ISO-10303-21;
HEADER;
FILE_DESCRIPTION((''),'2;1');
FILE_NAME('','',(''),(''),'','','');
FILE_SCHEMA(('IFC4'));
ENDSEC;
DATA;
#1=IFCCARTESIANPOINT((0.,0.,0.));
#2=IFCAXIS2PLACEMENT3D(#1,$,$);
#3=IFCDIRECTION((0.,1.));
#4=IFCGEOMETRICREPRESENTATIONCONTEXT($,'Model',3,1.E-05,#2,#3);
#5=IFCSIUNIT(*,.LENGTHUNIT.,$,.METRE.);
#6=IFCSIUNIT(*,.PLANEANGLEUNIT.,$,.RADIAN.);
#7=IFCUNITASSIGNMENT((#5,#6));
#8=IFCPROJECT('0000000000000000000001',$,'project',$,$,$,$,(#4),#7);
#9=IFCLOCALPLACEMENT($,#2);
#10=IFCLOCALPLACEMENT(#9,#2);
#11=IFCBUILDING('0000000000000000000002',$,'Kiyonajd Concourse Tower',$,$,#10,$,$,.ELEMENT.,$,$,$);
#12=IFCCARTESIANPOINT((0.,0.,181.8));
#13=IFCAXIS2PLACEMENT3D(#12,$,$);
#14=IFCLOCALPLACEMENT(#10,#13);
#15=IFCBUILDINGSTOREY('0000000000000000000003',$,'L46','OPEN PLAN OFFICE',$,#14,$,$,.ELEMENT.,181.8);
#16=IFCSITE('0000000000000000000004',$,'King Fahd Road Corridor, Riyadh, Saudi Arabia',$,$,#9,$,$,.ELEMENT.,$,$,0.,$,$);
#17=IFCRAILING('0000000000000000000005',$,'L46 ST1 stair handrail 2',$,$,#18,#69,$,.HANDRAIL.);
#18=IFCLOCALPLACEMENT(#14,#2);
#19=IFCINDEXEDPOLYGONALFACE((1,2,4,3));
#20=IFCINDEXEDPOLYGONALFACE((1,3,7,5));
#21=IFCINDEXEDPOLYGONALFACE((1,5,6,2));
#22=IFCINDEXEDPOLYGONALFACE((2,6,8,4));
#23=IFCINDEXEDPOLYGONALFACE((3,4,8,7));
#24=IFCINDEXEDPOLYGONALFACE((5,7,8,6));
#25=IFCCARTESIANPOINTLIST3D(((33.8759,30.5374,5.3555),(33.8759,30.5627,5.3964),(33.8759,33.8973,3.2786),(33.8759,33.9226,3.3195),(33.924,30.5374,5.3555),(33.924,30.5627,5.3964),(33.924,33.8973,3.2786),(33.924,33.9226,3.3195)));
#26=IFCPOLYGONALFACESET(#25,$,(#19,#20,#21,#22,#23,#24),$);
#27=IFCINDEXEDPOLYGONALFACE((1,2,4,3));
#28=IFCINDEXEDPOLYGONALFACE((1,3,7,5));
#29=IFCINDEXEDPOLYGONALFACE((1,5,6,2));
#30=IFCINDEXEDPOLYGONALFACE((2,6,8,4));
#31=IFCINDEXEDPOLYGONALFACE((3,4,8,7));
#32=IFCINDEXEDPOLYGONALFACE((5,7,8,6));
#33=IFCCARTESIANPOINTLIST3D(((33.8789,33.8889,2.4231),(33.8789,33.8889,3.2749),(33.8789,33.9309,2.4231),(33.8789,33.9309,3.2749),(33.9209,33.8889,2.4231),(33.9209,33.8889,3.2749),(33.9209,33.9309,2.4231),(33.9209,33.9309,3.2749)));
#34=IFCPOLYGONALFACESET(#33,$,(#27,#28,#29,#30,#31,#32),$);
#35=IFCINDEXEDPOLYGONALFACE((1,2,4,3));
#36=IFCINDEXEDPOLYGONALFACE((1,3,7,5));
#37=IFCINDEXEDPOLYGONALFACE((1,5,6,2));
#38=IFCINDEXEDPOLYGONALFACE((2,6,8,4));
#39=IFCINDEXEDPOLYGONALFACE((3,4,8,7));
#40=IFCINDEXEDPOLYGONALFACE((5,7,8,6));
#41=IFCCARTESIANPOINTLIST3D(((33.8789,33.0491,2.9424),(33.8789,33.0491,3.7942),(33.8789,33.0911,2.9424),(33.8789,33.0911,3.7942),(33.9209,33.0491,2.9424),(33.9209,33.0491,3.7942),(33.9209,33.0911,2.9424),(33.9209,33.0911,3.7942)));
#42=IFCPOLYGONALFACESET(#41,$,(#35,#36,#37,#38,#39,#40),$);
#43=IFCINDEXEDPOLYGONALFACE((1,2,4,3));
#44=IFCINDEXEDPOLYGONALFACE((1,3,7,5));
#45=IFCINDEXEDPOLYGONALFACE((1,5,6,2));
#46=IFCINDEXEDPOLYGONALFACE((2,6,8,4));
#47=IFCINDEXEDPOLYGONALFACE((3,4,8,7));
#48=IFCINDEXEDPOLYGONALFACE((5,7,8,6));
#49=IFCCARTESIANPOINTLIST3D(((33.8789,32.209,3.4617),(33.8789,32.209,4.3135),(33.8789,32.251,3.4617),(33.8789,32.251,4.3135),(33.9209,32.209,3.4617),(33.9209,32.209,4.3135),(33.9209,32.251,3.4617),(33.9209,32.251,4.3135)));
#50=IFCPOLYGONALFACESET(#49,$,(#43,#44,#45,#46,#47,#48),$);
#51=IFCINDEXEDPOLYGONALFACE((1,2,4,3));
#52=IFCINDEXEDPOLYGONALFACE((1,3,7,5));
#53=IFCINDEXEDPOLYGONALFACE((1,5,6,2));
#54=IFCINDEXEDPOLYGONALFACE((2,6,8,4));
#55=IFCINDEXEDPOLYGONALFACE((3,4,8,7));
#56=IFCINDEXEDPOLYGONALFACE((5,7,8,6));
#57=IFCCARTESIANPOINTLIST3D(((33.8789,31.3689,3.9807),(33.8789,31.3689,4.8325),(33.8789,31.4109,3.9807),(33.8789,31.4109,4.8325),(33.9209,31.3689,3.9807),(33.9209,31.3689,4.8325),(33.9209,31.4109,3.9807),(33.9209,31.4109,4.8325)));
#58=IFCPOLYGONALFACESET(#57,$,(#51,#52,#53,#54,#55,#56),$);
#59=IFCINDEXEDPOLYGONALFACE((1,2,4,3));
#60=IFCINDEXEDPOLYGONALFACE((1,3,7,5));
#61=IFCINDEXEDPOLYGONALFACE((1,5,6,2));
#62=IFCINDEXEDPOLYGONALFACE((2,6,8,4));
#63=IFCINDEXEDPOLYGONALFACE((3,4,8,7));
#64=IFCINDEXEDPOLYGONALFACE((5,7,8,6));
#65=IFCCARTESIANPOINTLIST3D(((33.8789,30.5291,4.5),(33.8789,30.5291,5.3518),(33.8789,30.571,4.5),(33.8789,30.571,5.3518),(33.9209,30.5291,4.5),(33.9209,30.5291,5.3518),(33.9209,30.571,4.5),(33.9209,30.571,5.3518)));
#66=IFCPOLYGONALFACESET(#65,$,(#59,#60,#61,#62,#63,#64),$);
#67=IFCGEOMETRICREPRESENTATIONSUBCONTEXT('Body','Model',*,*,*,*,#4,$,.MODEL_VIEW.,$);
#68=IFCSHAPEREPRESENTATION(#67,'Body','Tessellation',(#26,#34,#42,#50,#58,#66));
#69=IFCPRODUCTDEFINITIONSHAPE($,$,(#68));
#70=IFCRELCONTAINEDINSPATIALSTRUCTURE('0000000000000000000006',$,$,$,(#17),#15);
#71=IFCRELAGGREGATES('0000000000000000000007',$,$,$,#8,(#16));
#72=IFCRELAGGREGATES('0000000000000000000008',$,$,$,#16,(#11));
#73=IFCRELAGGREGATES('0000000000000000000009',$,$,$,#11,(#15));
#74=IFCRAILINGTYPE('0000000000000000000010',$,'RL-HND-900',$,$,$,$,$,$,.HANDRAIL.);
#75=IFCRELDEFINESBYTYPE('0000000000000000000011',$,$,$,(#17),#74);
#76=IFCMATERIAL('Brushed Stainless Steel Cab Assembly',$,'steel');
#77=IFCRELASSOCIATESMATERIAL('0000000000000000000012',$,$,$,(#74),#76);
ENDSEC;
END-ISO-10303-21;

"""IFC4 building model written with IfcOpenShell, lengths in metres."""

from ifc_helpers import new_model, si_unit, direction, frame, origin, origin_2d, place, context, subcontext, project, spatial, rectangle, extrude, material, type_object, element, save


model = new_model("IFC4")

# Units and contexts
model_context = context("Model", 3, precision=1e-05, world=origin(), true_north=direction((0.0, 1.0)))
body_context = subcontext(model_context, "Body", "Model", "MODEL_VIEW")
ifc_project = project(units=[si_unit("LENGTHUNIT", "METRE"), si_unit("PLANEANGLEUNIT", "RADIAN")], contexts=[model_context])

# Site, building, storey
site_placement = place(None, origin())
site = spatial("IfcSite", under=ifc_project, at=site_placement, Name="King Fahd Road Corridor, Riyadh, Saudi Arabia", CompositionType="ELEMENT", RefElevation=0.0)
building_placement = place(site_placement, origin())
building = spatial("IfcBuilding", under=site, at=building_placement, Name="Kiyonajd Concourse Tower", CompositionType="ELEMENT")
storey_placement = place(building_placement, frame((0.0, 0.0, 181.8)))
storey = spatial("IfcBuildingStorey", under=building, at=storey_placement, Name="L46", Description="OPEN PLAN OFFICE", CompositionType="ELEMENT", Elevation=181.8)

# Shared definitions
ifc_material_1 = material(Name="Brushed Stainless Steel Cab Assembly", Category="steel")

# Railing
railing_type_1 = type_object("IfcRailingType", Name="RL-HND-900", PredefinedType="HANDRAIL", material=ifc_material_1)
railing_1_placement = place(storey_placement, frame((33.8999, 33.9099, 2.4231)))
element("IfcRailing", 1, at=railing_1_placement, inside=storey, type_object=railing_type_1, Name="L46 ST1 stair handrail 2", PredefinedType="HANDRAIL", context=body_context, shape_type="SweptSolid", body=[
    extrude(rectangle(XDim=0.0481, YDim=0.0481, at=origin_2d()), frame((0.0, 0.0, 0.876), z_axis=(0.0, -0.850606, 0.525803), x_axis=(1.0, 0.0, 0.0)), (0.0, 0.0, 1.0), 3.95),
    extrude(rectangle(XDim=0.042, YDim=0.042, at=origin_2d()), origin(), (0.0, 0.0, 1.0), 0.8518),
    extrude(rectangle(XDim=0.042, YDim=0.042, at=origin_2d()), frame((0.0, -0.8398, 0.5193)), (0.0, 0.0, 1.0), 0.8518),
    extrude(rectangle(XDim=0.042, YDim=0.042, at=origin_2d()), frame((0.0, -1.6799, 1.0386)), (0.0, 0.0, 1.0), 0.8518),
    extrude(rectangle(XDim=0.042, YDim=0.042, at=origin_2d()), frame((0.0, -2.52, 1.5576)), (0.0, 0.0, 1.0), 0.8518),
    extrude(rectangle(XDim=0.042, YDim=0.042, at=origin_2d()), frame((0.0, -3.3599, 2.0769)), (0.0, 0.0, 1.0), 0.8518),
])

save(model, "model.ifc")
